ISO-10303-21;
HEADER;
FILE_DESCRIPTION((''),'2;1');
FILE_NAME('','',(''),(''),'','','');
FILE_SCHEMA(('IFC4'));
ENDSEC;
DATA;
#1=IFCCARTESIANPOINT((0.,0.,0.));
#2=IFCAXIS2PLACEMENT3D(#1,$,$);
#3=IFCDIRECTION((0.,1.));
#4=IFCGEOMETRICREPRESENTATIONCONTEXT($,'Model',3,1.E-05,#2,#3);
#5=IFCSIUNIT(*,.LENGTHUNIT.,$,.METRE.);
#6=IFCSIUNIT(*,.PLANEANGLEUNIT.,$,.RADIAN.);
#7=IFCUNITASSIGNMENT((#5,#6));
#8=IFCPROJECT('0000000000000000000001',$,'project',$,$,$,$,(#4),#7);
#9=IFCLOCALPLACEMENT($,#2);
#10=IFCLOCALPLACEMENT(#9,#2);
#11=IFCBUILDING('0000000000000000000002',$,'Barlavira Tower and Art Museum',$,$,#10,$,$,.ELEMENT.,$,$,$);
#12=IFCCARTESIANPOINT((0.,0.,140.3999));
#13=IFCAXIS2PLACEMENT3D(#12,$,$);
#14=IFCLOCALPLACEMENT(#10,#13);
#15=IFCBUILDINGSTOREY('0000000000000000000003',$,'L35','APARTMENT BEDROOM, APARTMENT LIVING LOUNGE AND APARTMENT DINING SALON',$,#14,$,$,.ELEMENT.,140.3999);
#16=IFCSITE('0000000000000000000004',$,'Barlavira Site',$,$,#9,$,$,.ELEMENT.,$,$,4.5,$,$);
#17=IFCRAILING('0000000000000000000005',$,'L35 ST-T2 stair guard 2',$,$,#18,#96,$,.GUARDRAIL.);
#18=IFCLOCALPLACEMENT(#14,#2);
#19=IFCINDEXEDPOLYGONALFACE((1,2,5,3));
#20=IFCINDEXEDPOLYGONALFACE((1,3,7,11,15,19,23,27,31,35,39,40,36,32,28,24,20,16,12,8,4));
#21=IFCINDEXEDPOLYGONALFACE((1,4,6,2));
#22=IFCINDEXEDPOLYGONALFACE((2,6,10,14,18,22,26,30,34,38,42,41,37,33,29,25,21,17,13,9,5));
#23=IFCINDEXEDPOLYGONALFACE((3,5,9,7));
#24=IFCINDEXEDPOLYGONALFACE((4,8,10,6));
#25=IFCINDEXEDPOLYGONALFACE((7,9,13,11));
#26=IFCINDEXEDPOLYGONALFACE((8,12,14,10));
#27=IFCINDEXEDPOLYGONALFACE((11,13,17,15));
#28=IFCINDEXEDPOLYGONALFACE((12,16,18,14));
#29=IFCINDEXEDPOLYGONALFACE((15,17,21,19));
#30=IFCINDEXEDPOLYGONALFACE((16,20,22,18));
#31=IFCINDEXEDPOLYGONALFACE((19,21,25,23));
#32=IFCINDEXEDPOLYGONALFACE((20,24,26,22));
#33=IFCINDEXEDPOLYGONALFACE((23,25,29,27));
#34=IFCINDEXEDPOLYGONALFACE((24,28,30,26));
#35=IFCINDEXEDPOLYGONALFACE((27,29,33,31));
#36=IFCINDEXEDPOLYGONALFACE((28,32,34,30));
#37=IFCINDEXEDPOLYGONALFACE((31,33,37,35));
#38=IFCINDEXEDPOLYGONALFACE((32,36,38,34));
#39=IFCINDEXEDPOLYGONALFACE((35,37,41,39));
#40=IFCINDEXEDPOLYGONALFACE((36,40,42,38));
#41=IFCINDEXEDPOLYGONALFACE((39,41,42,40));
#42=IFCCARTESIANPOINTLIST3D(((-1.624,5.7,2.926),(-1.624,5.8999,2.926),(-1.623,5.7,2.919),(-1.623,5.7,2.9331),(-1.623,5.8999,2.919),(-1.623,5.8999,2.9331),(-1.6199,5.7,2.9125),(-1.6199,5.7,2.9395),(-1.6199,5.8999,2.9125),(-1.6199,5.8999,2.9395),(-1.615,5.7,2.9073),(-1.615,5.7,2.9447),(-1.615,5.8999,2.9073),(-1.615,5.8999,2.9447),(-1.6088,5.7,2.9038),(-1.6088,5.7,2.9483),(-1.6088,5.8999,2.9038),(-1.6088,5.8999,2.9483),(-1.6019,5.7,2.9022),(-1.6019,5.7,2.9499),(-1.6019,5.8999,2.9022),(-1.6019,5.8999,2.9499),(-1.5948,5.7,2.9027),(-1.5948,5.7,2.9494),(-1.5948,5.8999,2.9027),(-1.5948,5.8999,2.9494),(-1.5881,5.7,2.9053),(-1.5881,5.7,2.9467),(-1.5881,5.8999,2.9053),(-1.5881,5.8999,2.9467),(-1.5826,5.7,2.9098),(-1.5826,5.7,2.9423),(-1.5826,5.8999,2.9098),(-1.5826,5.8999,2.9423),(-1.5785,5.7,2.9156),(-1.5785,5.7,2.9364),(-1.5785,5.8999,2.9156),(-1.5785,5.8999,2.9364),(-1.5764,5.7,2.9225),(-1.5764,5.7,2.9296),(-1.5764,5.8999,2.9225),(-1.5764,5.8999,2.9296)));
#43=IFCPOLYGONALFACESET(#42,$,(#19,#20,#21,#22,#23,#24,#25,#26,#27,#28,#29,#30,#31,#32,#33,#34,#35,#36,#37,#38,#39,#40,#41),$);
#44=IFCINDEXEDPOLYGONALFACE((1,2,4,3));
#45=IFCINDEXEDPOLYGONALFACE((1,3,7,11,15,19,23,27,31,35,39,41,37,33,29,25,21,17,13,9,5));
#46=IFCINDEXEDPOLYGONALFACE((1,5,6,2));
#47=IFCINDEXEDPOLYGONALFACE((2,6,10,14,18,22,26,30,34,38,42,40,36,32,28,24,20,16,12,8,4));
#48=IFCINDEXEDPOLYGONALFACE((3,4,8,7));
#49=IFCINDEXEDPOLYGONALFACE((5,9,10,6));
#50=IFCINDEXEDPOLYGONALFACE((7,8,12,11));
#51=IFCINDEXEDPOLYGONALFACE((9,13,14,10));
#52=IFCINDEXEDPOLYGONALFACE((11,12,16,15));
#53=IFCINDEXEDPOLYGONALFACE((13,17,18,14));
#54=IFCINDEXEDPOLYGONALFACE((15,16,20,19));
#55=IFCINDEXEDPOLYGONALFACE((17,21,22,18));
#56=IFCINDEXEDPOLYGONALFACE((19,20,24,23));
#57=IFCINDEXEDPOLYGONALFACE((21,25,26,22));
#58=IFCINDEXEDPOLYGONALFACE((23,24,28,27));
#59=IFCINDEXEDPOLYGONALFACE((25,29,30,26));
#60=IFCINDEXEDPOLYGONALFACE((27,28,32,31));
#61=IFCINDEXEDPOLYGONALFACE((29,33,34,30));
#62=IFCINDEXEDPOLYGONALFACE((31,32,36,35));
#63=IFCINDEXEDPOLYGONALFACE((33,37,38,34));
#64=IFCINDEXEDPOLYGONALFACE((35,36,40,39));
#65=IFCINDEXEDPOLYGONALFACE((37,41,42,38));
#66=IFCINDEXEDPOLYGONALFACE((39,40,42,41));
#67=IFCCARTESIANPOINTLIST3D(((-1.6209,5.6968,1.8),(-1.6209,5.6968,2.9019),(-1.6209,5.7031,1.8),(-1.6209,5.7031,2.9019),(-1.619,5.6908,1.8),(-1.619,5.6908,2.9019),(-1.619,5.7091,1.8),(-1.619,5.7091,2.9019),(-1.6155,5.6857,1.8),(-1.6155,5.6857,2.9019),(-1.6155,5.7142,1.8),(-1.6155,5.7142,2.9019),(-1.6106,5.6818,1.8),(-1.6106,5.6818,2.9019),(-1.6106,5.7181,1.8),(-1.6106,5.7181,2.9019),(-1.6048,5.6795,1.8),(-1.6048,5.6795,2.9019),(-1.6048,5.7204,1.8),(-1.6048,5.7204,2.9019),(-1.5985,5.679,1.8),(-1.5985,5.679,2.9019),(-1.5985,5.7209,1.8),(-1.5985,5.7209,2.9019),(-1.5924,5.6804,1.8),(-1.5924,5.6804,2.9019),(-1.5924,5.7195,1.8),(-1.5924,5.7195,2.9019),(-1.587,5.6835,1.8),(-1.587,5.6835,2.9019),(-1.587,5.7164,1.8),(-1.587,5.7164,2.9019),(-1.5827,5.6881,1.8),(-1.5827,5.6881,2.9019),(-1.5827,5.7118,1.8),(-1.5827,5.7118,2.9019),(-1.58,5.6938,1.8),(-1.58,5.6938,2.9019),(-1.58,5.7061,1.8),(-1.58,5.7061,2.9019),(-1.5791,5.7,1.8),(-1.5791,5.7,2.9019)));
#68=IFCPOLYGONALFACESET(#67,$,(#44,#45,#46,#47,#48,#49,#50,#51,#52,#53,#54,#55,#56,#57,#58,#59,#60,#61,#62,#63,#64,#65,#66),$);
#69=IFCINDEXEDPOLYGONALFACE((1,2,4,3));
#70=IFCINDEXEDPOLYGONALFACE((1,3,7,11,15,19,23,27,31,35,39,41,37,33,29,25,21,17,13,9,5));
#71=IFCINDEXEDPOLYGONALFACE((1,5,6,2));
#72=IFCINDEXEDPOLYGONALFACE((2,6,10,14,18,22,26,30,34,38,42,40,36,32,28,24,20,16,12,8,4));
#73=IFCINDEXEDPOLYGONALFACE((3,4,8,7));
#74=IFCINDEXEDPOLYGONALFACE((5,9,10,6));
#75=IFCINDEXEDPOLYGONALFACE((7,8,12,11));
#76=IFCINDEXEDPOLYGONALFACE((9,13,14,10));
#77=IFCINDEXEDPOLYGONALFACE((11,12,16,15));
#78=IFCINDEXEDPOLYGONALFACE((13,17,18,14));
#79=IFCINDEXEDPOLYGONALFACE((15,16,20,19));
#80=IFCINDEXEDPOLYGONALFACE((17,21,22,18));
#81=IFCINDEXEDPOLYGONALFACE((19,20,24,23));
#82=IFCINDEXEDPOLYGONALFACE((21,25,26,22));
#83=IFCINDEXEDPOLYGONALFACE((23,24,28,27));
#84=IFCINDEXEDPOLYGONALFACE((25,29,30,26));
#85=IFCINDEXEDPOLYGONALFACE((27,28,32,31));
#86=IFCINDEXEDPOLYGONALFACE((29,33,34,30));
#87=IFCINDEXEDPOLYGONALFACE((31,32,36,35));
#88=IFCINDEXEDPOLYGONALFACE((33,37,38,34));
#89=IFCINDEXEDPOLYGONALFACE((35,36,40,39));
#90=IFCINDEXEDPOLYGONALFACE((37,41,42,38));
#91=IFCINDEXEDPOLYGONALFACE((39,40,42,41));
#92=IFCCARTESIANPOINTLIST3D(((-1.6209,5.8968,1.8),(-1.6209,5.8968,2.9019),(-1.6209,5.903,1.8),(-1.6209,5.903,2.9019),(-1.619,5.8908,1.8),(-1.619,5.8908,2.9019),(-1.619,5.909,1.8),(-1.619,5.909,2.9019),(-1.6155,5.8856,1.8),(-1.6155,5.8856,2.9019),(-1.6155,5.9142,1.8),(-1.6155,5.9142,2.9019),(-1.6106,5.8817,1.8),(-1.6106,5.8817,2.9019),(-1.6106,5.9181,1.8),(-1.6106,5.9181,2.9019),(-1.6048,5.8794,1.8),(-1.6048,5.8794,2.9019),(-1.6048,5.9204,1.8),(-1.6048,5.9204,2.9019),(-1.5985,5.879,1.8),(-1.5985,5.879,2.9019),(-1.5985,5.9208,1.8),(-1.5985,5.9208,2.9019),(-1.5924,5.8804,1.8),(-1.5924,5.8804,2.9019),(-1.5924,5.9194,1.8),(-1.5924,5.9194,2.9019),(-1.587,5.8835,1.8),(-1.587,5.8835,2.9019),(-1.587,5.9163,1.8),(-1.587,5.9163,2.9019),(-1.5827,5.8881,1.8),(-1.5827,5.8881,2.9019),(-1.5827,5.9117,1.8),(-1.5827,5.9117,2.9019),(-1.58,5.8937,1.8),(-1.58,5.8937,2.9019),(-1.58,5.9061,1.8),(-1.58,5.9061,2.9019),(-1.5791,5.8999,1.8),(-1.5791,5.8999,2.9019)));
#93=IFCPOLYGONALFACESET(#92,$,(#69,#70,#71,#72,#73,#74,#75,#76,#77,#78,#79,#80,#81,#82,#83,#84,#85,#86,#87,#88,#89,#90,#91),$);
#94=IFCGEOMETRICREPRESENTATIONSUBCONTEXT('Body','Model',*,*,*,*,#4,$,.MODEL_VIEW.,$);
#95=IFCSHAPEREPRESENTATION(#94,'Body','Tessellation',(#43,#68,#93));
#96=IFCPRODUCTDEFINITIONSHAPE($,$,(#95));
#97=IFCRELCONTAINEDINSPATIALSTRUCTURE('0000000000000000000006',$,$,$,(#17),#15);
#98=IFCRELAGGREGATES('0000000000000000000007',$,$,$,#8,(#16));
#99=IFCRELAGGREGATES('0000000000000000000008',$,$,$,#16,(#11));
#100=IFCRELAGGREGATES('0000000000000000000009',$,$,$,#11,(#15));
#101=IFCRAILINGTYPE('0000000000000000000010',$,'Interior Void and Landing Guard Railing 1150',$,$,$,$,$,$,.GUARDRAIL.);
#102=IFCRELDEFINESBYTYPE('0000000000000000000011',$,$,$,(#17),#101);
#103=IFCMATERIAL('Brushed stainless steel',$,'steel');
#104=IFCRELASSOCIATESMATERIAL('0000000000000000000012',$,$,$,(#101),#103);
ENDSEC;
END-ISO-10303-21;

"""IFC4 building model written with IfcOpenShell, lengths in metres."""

from ifc_helpers import new_model, si_unit, direction, frame, origin, origin_2d, place, context, subcontext, project, spatial, circle, extrude, material, type_object, element, save


model = new_model("IFC4")

# Units and contexts
model_context = context("Model", 3, precision=1e-05, world=origin(), true_north=direction((0.0, 1.0)))
body_context = subcontext(model_context, "Body", "Model", "MODEL_VIEW")
ifc_project = project(units=[si_unit("LENGTHUNIT", "METRE"), si_unit("PLANEANGLEUNIT", "RADIAN")], contexts=[model_context])

# Site, building, storey
site_placement = place(None, origin())
site = spatial("IfcSite", under=ifc_project, at=site_placement, Name="Barlavira Site", CompositionType="ELEMENT", RefElevation=4.5)
building_placement = place(site_placement, origin())
building = spatial("IfcBuilding", under=site, at=building_placement, Name="Barlavira Tower and Art Museum", CompositionType="ELEMENT")
storey_placement = place(building_placement, frame((0.0, 0.0, 140.3999)))
storey = spatial("IfcBuildingStorey", under=building, at=storey_placement, Name="L35", Description="APARTMENT BEDROOM, APARTMENT LIVING LOUNGE AND APARTMENT DINING SALON", CompositionType="ELEMENT", Elevation=140.3999)

# Shared definitions
ifc_material_1 = material(Name="Brushed stainless steel", Category="steel")

# Railing
railing_type_1 = type_object("IfcRailingType", Name="Interior Void and Landing Guard Railing 1150", PredefinedType="GUARDRAIL", material=ifc_material_1)
railing_1_placement = place(storey_placement, frame((-1.6001, 5.7, 1.8)))
element("IfcRailing", 1, at=railing_1_placement, inside=storey, type_object=railing_type_1, Name="L35 ST-T2 stair guard 2", PredefinedType="GUARDRAIL", context=body_context, shape_type="SweptSolid", body=[
    extrude(circle(Radius=0.0239, at=origin_2d()), frame((0.0, 0.0, 1.126), z_axis=(0.0, 1.0, 0.0), x_axis=(-1.0, 0.0, 0.0)), (0.0, 0.0, 1.0), 0.2),
    extrude(circle(Radius=0.021, at=origin_2d()), origin(), (0.0, 0.0, 1.0), 1.1018),
    extrude(circle(Radius=0.021, at=origin_2d()), frame((0.0, 0.2, 0.0)), (0.0, 0.0, 1.0), 1.1018),
])

save(model, "model.ifc")
